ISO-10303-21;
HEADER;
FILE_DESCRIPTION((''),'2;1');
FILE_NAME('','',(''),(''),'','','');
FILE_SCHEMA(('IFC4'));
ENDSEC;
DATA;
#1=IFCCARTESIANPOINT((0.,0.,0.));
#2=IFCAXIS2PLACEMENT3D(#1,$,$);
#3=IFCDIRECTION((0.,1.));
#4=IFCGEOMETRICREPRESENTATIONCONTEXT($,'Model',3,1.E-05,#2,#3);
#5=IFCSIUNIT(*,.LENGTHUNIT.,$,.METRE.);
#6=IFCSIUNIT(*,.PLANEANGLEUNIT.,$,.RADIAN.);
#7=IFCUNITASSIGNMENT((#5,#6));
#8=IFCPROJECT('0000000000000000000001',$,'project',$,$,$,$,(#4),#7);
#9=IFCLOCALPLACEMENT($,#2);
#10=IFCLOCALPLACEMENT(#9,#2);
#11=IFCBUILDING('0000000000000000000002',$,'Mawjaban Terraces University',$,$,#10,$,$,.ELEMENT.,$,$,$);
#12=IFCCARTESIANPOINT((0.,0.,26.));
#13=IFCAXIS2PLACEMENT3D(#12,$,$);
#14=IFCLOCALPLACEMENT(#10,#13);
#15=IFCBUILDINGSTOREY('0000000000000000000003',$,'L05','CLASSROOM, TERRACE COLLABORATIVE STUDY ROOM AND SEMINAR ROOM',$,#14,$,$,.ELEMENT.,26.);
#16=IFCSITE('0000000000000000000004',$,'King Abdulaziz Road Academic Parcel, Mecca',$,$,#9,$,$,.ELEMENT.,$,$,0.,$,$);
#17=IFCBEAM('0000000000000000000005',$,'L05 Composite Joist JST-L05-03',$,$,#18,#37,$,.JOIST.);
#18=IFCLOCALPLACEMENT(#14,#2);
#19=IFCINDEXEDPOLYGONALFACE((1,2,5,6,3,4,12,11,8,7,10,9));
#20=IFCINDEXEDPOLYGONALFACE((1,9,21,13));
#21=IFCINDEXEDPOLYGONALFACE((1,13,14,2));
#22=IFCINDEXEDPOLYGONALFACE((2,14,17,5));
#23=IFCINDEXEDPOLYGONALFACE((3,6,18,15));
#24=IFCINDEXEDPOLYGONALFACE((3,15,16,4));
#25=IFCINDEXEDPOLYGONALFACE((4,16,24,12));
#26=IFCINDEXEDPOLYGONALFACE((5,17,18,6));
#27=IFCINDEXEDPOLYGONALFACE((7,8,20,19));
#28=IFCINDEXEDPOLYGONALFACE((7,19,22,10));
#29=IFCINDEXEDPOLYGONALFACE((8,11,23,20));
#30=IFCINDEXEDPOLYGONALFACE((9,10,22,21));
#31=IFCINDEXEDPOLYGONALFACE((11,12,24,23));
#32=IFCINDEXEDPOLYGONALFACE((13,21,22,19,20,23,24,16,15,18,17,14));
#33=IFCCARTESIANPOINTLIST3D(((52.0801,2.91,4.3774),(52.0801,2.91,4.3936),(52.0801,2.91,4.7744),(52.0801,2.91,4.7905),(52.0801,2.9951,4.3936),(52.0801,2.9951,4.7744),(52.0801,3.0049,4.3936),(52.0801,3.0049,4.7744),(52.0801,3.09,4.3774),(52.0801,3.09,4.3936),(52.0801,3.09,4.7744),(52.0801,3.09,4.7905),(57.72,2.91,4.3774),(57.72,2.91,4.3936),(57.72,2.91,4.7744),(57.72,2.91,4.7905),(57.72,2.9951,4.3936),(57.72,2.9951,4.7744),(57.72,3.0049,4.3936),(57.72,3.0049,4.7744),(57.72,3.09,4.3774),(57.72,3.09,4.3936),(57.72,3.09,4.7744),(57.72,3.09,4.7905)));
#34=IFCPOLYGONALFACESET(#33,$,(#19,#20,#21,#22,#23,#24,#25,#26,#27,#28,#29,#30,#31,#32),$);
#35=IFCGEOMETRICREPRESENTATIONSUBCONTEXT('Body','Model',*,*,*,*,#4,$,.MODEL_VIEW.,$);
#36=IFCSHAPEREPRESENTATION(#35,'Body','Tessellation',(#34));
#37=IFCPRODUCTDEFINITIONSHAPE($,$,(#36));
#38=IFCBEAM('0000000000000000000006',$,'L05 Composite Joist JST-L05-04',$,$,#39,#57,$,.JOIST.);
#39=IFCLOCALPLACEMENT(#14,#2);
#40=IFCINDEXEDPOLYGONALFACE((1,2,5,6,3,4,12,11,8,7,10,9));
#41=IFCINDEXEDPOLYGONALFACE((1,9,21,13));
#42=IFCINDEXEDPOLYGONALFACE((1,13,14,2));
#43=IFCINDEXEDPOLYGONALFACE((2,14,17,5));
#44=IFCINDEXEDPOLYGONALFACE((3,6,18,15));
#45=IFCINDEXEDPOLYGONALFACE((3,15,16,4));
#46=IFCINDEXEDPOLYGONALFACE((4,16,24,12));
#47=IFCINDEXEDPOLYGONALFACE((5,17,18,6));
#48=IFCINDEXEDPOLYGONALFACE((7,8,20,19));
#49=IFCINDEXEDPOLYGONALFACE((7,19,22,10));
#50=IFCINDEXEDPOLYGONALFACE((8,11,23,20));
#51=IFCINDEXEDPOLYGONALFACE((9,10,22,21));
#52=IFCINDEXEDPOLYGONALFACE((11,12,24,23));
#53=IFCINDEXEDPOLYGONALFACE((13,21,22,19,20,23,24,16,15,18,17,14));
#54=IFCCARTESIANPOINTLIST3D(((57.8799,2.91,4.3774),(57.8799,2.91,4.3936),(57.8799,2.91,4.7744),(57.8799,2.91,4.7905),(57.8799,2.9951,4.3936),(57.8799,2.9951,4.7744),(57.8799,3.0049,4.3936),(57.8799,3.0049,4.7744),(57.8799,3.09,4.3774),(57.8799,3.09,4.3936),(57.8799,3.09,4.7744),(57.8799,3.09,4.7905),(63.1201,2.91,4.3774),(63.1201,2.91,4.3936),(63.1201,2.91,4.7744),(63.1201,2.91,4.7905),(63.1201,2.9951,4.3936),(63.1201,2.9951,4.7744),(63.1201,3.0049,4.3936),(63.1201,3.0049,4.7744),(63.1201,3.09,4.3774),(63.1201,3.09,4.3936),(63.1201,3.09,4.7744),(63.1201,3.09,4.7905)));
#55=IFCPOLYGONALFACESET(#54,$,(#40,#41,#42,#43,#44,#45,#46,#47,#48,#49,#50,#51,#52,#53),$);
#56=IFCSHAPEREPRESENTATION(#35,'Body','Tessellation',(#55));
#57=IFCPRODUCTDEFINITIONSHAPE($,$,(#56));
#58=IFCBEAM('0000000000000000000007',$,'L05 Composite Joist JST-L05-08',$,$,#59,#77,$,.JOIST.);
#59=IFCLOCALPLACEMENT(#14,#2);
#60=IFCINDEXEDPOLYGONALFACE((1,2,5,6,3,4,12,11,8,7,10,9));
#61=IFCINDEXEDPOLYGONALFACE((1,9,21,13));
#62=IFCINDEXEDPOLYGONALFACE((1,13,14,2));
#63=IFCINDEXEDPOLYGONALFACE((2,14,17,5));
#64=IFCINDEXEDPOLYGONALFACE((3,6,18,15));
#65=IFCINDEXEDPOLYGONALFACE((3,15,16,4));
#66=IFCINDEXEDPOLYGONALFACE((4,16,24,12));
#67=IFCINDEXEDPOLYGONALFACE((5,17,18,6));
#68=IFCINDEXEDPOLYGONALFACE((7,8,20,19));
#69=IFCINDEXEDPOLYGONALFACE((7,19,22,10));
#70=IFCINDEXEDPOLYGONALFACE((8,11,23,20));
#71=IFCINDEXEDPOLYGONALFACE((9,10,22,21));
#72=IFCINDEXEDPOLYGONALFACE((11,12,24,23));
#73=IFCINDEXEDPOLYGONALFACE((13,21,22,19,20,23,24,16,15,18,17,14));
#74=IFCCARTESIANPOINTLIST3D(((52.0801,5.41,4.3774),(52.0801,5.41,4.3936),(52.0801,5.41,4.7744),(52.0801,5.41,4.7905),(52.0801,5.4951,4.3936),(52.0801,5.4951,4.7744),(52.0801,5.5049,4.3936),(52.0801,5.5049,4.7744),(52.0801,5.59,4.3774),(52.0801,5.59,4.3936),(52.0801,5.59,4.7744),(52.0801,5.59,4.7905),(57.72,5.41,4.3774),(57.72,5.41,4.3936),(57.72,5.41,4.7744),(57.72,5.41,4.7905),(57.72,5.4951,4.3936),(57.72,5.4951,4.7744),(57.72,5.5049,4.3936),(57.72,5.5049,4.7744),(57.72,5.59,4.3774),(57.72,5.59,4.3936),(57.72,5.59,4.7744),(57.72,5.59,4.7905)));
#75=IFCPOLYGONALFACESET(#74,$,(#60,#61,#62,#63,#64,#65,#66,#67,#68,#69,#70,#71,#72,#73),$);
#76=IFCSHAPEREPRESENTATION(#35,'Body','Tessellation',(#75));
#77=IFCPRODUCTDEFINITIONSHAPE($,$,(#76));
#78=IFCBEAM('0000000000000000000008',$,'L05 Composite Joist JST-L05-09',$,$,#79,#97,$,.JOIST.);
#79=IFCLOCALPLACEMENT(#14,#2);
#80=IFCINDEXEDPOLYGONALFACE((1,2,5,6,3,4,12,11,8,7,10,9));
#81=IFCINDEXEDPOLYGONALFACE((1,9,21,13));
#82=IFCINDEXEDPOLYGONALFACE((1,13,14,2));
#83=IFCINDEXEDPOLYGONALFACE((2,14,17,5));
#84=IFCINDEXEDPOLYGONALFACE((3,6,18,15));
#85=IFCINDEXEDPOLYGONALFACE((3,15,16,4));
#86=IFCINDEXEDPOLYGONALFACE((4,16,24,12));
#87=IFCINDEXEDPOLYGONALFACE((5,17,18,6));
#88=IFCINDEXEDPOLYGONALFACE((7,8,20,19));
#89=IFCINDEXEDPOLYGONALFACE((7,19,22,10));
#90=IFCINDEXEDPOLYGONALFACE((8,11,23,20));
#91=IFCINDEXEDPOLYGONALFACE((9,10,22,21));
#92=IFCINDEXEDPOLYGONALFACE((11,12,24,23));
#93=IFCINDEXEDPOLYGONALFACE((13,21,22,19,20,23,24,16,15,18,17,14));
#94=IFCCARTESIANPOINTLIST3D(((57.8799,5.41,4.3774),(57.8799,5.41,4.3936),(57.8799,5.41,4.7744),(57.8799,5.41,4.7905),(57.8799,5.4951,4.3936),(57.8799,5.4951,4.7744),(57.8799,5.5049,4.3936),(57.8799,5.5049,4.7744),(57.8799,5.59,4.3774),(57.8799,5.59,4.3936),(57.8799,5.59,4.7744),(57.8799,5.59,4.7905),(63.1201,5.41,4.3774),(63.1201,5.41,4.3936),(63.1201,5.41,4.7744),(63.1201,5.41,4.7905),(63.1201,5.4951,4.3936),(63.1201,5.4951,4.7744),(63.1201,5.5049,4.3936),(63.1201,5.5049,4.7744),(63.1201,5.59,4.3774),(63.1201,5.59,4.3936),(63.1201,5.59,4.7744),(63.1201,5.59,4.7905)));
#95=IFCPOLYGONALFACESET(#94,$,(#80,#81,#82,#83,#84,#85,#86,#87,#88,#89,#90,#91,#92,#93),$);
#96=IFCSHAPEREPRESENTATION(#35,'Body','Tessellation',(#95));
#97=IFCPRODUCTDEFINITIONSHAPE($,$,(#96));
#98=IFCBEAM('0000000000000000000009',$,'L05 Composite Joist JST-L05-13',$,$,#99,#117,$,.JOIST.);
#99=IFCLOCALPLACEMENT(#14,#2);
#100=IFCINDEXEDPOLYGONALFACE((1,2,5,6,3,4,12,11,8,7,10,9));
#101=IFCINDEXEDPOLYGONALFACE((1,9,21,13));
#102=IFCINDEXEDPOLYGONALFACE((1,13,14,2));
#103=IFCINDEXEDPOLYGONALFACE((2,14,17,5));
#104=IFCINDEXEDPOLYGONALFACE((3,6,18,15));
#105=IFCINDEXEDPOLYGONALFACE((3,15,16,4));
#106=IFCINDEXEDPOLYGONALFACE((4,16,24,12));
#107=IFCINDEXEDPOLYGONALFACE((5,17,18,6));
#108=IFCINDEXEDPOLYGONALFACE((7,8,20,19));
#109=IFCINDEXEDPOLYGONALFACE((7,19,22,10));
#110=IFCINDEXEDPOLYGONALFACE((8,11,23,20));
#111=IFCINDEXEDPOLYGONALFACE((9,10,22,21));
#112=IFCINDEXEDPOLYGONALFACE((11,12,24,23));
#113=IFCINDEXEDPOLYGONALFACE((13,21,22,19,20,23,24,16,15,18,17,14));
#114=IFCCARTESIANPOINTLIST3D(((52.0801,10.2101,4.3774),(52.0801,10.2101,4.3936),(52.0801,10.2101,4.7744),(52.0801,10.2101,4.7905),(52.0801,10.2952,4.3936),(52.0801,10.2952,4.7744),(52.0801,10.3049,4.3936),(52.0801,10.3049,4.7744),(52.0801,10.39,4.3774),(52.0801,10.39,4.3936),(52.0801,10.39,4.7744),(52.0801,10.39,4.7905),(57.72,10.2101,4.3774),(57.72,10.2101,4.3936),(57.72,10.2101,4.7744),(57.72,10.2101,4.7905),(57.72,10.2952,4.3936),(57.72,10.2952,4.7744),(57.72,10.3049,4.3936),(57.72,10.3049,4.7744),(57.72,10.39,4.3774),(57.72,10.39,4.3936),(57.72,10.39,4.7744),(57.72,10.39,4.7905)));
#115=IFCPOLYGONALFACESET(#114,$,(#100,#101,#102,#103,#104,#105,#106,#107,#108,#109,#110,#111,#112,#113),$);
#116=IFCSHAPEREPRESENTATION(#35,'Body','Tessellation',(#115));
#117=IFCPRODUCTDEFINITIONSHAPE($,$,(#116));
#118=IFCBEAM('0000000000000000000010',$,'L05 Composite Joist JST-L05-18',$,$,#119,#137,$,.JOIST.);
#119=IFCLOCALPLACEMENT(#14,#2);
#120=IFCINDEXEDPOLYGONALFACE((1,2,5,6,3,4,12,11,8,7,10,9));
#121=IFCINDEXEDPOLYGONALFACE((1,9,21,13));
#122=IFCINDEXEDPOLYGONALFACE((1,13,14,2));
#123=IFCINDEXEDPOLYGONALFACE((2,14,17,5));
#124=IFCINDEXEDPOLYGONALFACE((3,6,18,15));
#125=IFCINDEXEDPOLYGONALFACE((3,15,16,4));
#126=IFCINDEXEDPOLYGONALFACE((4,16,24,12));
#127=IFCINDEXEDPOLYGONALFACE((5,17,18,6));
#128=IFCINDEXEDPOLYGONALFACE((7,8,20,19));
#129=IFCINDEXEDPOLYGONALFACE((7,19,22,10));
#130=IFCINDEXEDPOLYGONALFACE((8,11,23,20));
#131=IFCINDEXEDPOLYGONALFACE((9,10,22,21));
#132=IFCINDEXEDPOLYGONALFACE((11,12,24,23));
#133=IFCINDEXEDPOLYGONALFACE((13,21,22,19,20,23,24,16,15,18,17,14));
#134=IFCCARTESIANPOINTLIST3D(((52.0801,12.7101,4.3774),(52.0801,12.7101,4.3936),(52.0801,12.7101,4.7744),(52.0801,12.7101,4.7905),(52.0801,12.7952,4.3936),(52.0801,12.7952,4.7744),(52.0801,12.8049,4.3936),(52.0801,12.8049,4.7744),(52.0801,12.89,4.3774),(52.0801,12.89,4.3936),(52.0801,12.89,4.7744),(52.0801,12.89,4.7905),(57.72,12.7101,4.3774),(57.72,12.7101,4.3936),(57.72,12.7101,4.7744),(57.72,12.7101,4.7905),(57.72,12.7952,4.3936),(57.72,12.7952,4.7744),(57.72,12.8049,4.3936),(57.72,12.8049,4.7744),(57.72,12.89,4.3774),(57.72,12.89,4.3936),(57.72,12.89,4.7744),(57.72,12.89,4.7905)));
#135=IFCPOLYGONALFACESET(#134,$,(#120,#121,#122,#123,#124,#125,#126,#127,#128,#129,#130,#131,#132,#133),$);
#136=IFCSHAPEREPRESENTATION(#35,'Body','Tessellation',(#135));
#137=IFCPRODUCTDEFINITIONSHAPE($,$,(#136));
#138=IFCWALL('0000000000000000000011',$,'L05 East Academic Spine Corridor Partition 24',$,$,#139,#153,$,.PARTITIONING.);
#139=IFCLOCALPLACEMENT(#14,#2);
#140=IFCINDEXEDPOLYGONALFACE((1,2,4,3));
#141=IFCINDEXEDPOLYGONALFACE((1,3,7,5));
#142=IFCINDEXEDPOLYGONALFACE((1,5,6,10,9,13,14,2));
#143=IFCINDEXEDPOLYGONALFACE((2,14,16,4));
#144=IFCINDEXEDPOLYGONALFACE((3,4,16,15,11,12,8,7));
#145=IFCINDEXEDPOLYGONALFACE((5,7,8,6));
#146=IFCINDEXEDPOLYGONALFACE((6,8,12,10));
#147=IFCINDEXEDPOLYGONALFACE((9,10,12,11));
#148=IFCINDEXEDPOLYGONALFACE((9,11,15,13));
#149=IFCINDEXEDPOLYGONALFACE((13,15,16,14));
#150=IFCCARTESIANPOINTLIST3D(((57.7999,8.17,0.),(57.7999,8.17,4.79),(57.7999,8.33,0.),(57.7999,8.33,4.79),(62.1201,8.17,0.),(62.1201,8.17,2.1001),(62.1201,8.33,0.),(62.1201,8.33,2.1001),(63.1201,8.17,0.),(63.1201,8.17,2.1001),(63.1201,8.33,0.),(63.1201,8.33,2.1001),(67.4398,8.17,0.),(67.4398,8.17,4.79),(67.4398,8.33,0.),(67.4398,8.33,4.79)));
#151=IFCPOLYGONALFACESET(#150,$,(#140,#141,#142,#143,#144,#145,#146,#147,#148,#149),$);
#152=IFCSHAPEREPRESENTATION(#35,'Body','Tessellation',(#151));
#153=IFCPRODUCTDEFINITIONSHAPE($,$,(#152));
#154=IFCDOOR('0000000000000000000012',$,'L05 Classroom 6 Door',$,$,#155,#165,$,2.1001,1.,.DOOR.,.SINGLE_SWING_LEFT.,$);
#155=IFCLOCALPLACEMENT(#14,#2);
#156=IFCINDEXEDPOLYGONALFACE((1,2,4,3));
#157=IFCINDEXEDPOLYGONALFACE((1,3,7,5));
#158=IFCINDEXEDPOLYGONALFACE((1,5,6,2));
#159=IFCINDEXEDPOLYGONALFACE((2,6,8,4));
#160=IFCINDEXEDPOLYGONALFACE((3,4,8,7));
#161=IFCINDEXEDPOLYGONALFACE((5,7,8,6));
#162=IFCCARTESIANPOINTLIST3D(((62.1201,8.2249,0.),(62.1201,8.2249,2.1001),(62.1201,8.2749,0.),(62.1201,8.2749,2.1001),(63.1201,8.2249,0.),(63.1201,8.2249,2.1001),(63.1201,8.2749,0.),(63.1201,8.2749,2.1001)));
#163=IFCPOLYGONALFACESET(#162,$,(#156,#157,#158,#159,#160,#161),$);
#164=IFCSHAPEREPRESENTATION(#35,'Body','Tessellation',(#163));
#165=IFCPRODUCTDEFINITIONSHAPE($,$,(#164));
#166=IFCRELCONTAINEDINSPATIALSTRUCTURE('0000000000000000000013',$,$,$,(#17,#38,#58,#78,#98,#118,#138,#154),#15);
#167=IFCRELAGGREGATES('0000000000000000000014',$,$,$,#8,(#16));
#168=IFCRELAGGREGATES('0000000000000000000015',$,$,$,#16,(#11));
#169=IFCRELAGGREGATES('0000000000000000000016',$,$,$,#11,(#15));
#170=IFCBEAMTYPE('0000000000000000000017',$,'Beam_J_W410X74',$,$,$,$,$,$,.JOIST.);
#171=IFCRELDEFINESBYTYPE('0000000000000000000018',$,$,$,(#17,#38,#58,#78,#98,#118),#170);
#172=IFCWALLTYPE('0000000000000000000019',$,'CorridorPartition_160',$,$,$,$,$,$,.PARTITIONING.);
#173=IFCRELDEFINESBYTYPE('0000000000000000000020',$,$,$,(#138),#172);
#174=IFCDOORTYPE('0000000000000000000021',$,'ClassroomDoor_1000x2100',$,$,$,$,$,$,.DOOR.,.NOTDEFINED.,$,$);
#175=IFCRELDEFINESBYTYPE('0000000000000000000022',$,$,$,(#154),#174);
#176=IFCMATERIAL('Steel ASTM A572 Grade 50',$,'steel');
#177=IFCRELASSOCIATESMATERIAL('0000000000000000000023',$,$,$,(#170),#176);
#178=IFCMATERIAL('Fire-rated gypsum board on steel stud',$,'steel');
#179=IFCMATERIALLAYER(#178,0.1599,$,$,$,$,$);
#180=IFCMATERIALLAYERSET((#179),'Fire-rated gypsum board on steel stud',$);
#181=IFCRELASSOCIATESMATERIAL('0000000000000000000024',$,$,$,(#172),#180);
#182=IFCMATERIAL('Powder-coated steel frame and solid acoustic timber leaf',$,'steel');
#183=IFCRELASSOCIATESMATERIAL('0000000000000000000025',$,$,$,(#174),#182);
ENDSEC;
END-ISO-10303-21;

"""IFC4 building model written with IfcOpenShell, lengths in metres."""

from ifc_helpers import new_model, si_unit, direction, frame, frame_2d, origin, origin_2d, place, context, subcontext, project, spatial, rectangle, i_section, extrude, material, layer, layer_set, material_profile, profile_set, type_object, element, fill, save


model = new_model("IFC4")

# Units and contexts
model_context = context("Model", 3, precision=1e-05, world=origin(), true_north=direction((0.0, 1.0)))
body_context = subcontext(model_context, "Body", "Model", "MODEL_VIEW")
ifc_project = project(units=[si_unit("LENGTHUNIT", "METRE"), si_unit("PLANEANGLEUNIT", "RADIAN")], contexts=[model_context])

# Site, building, storey
site_placement = place(None, origin())
site = spatial("IfcSite", under=ifc_project, at=site_placement, Name="King Abdulaziz Road Academic Parcel, Mecca", CompositionType="ELEMENT", RefElevation=0.0)
building_placement = place(site_placement, origin())
building = spatial("IfcBuilding", under=site, at=building_placement, Name="Mawjaban Terraces University", CompositionType="ELEMENT")
storey_placement = place(building_placement, frame((0.0, 0.0, 26.0)))
storey = spatial("IfcBuildingStorey", under=building, at=storey_placement, Name="L05", Description="CLASSROOM, TERRACE COLLABORATIVE STUDY ROOM AND SEMINAR ROOM", CompositionType="ELEMENT", Elevation=26.0)

# Beams
ifc_material_1 = material(Name="Steel ASTM A572 Grade 50", Category="steel")
ifc_material_profile_1 = material_profile(ifc_material_1, i_section(OverallWidth=0.1799, OverallDepth=0.4131, WebThickness=0.0098, FlangeThickness=0.0161, at=origin_2d()), Name="W410X74")
ifc_profile_set_1 = profile_set([ifc_material_profile_1], Name="Steel ASTM A572 Grade 50")
beam_type_1 = type_object("IfcBeamType", Name="Beam_J_W410X74", PredefinedType="JOIST", material=ifc_profile_set_1)
beam_1_placement = place(storey_placement, frame((52.0801, 3.0, 4.584), z_axis=(1.0, 0.0, 0.0), x_axis=(0.0, 1.0, 0.0)))
element("IfcBeam", 1, at=beam_1_placement, inside=storey, type_object=beam_type_1, Name="L05 Composite Joist JST-L05-03", PredefinedType="JOIST", context=body_context, shape_type="SweptSolid", body=[
    extrude(i_section(OverallWidth=0.1799, OverallDepth=0.4131, WebThickness=0.0098, FlangeThickness=0.0161, at=origin_2d()), origin(), (0.0, 0.0, 1.0), 5.6399),
])
beam_2_placement = place(storey_placement, frame((57.8799, 3.0, 4.584), z_axis=(1.0, 0.0, 0.0), x_axis=(0.0, 1.0, 0.0)))
element("IfcBeam", 2, at=beam_2_placement, inside=storey, type_object=beam_type_1, Name="L05 Composite Joist JST-L05-04", PredefinedType="JOIST", context=body_context, shape_type="SweptSolid", body=[
    extrude(i_section(OverallWidth=0.1799, OverallDepth=0.4131, WebThickness=0.0098, FlangeThickness=0.0161, at=origin_2d()), origin(), (0.0, 0.0, 1.0), 5.2402),
])
beam_3_placement = place(storey_placement, frame((52.0801, 5.5, 4.584), z_axis=(1.0, 0.0, 0.0), x_axis=(0.0, 1.0, 0.0)))
element("IfcBeam", 3, at=beam_3_placement, inside=storey, type_object=beam_type_1, Name="L05 Composite Joist JST-L05-08", PredefinedType="JOIST", context=body_context, shape_type="SweptSolid", body=[
    extrude(i_section(OverallWidth=0.1799, OverallDepth=0.4131, WebThickness=0.0098, FlangeThickness=0.0161, at=origin_2d()), origin(), (0.0, 0.0, 1.0), 5.6399),
])
beam_4_placement = place(storey_placement, frame((57.8799, 5.5, 4.584), z_axis=(1.0, 0.0, 0.0), x_axis=(0.0, 1.0, 0.0)))
element("IfcBeam", 4, at=beam_4_placement, inside=storey, type_object=beam_type_1, Name="L05 Composite Joist JST-L05-09", PredefinedType="JOIST", context=body_context, shape_type="SweptSolid", body=[
    extrude(i_section(OverallWidth=0.1799, OverallDepth=0.4131, WebThickness=0.0098, FlangeThickness=0.0161, at=origin_2d()), origin(), (0.0, 0.0, 1.0), 5.2402),
])
for number, where, z_axis, x_axis, name in (
    (5, (52.0801, 10.3, 4.584), (1.0, 0.0, 0.0), (0.0, 1.0, 0.0), "L05 Composite Joist JST-L05-13"),
    (6, (52.0801, 12.8, 4.584), (1.0, 0.0, 0.0), (0.0, 1.0, 0.0), "L05 Composite Joist JST-L05-18"),
):
    element("IfcBeam", number, at=place(storey_placement, frame(where, z_axis=z_axis, x_axis=x_axis)), inside=storey, type_object=beam_type_1, Name=name, PredefinedType="JOIST", context=body_context, shape_type="SweptSolid", body=[
        extrude(i_section(OverallWidth=0.1799, OverallDepth=0.4131, WebThickness=0.0098, FlangeThickness=0.0161, at=origin_2d()), origin(), (0.0, 0.0, 1.0), 5.6399),
    ])

# Wall, opening, door
ifc_material_2 = material(Name="Fire-rated gypsum board on steel stud", Category="steel")
ifc_layer_1 = layer(ifc_material_2, 0.1599)
ifc_layer_set_1 = layer_set([ifc_layer_1], Name="Fire-rated gypsum board on steel stud")
wall_type_1 = type_object("IfcWallType", Name="CorridorPartition_160", PredefinedType="PARTITIONING", material=ifc_layer_set_1)
wall_1_placement = place(storey_placement, frame((57.8, 8.25, 0.0), z_axis=(0.0, 0.0, 1.0), x_axis=(1.0, 0.0, 0.0)))
wall_1 = element("IfcWall", 7, at=wall_1_placement, inside=storey, type_object=wall_type_1, Name="L05 East Academic Spine Corridor Partition 24", PredefinedType="PARTITIONING", context=body_context, shape_type="SweptSolid", body=[
    extrude(rectangle(XDim=9.6399, YDim=0.1599, at=frame_2d((4.8198, 0.0))), origin(), (0.0, 0.0, 1.0), 4.79),
])
opening_1_placement = place(wall_1_placement, frame((4.3201, 0.0, 0.0)))
opening_1 = element("IfcOpeningElement", 8, at=opening_1_placement, cuts=wall_1, PredefinedType="OPENING", context=body_context, shape_type="SweptSolid", body=[
    extrude(rectangle(XDim=1.0, YDim=2.1001, at=frame_2d((0.5, 1.05))), frame((0.0, 0.0898, 0.0), z_axis=(0.0, -1.0, 0.0), x_axis=(1.0, 0.0, 0.0)), (0.0, 0.0, 1.0), 0.1799),
])
ifc_material_3 = material(Name="Powder-coated steel frame and solid acoustic timber leaf", Category="steel")
door_type_1 = type_object("IfcDoorType", Name="ClassroomDoor_1000x2100", OperationType="NOTDEFINED", PredefinedType="DOOR", material=ifc_material_3)
door_1_placement = place(opening_1_placement, origin())
door_1 = element("IfcDoor", 9, at=door_1_placement, inside=storey, type_object=door_type_1, Name="L05 Classroom 6 Door", OperationType="SINGLE_SWING_LEFT", OverallHeight=2.1001, OverallWidth=1.0, PredefinedType="DOOR", context=body_context, shape_type="SweptSolid", body=[
    extrude(rectangle(XDim=1.0, YDim=2.1001, at=frame_2d((0.5, 1.05))), frame((0.0, 0.0249, 0.0), z_axis=(0.0, -1.0, 0.0), x_axis=(1.0, 0.0, 0.0)), (0.0, 0.0, 1.0), 0.05),
])
fill(opening_1, door_1)

save(model, "model.ifc")
